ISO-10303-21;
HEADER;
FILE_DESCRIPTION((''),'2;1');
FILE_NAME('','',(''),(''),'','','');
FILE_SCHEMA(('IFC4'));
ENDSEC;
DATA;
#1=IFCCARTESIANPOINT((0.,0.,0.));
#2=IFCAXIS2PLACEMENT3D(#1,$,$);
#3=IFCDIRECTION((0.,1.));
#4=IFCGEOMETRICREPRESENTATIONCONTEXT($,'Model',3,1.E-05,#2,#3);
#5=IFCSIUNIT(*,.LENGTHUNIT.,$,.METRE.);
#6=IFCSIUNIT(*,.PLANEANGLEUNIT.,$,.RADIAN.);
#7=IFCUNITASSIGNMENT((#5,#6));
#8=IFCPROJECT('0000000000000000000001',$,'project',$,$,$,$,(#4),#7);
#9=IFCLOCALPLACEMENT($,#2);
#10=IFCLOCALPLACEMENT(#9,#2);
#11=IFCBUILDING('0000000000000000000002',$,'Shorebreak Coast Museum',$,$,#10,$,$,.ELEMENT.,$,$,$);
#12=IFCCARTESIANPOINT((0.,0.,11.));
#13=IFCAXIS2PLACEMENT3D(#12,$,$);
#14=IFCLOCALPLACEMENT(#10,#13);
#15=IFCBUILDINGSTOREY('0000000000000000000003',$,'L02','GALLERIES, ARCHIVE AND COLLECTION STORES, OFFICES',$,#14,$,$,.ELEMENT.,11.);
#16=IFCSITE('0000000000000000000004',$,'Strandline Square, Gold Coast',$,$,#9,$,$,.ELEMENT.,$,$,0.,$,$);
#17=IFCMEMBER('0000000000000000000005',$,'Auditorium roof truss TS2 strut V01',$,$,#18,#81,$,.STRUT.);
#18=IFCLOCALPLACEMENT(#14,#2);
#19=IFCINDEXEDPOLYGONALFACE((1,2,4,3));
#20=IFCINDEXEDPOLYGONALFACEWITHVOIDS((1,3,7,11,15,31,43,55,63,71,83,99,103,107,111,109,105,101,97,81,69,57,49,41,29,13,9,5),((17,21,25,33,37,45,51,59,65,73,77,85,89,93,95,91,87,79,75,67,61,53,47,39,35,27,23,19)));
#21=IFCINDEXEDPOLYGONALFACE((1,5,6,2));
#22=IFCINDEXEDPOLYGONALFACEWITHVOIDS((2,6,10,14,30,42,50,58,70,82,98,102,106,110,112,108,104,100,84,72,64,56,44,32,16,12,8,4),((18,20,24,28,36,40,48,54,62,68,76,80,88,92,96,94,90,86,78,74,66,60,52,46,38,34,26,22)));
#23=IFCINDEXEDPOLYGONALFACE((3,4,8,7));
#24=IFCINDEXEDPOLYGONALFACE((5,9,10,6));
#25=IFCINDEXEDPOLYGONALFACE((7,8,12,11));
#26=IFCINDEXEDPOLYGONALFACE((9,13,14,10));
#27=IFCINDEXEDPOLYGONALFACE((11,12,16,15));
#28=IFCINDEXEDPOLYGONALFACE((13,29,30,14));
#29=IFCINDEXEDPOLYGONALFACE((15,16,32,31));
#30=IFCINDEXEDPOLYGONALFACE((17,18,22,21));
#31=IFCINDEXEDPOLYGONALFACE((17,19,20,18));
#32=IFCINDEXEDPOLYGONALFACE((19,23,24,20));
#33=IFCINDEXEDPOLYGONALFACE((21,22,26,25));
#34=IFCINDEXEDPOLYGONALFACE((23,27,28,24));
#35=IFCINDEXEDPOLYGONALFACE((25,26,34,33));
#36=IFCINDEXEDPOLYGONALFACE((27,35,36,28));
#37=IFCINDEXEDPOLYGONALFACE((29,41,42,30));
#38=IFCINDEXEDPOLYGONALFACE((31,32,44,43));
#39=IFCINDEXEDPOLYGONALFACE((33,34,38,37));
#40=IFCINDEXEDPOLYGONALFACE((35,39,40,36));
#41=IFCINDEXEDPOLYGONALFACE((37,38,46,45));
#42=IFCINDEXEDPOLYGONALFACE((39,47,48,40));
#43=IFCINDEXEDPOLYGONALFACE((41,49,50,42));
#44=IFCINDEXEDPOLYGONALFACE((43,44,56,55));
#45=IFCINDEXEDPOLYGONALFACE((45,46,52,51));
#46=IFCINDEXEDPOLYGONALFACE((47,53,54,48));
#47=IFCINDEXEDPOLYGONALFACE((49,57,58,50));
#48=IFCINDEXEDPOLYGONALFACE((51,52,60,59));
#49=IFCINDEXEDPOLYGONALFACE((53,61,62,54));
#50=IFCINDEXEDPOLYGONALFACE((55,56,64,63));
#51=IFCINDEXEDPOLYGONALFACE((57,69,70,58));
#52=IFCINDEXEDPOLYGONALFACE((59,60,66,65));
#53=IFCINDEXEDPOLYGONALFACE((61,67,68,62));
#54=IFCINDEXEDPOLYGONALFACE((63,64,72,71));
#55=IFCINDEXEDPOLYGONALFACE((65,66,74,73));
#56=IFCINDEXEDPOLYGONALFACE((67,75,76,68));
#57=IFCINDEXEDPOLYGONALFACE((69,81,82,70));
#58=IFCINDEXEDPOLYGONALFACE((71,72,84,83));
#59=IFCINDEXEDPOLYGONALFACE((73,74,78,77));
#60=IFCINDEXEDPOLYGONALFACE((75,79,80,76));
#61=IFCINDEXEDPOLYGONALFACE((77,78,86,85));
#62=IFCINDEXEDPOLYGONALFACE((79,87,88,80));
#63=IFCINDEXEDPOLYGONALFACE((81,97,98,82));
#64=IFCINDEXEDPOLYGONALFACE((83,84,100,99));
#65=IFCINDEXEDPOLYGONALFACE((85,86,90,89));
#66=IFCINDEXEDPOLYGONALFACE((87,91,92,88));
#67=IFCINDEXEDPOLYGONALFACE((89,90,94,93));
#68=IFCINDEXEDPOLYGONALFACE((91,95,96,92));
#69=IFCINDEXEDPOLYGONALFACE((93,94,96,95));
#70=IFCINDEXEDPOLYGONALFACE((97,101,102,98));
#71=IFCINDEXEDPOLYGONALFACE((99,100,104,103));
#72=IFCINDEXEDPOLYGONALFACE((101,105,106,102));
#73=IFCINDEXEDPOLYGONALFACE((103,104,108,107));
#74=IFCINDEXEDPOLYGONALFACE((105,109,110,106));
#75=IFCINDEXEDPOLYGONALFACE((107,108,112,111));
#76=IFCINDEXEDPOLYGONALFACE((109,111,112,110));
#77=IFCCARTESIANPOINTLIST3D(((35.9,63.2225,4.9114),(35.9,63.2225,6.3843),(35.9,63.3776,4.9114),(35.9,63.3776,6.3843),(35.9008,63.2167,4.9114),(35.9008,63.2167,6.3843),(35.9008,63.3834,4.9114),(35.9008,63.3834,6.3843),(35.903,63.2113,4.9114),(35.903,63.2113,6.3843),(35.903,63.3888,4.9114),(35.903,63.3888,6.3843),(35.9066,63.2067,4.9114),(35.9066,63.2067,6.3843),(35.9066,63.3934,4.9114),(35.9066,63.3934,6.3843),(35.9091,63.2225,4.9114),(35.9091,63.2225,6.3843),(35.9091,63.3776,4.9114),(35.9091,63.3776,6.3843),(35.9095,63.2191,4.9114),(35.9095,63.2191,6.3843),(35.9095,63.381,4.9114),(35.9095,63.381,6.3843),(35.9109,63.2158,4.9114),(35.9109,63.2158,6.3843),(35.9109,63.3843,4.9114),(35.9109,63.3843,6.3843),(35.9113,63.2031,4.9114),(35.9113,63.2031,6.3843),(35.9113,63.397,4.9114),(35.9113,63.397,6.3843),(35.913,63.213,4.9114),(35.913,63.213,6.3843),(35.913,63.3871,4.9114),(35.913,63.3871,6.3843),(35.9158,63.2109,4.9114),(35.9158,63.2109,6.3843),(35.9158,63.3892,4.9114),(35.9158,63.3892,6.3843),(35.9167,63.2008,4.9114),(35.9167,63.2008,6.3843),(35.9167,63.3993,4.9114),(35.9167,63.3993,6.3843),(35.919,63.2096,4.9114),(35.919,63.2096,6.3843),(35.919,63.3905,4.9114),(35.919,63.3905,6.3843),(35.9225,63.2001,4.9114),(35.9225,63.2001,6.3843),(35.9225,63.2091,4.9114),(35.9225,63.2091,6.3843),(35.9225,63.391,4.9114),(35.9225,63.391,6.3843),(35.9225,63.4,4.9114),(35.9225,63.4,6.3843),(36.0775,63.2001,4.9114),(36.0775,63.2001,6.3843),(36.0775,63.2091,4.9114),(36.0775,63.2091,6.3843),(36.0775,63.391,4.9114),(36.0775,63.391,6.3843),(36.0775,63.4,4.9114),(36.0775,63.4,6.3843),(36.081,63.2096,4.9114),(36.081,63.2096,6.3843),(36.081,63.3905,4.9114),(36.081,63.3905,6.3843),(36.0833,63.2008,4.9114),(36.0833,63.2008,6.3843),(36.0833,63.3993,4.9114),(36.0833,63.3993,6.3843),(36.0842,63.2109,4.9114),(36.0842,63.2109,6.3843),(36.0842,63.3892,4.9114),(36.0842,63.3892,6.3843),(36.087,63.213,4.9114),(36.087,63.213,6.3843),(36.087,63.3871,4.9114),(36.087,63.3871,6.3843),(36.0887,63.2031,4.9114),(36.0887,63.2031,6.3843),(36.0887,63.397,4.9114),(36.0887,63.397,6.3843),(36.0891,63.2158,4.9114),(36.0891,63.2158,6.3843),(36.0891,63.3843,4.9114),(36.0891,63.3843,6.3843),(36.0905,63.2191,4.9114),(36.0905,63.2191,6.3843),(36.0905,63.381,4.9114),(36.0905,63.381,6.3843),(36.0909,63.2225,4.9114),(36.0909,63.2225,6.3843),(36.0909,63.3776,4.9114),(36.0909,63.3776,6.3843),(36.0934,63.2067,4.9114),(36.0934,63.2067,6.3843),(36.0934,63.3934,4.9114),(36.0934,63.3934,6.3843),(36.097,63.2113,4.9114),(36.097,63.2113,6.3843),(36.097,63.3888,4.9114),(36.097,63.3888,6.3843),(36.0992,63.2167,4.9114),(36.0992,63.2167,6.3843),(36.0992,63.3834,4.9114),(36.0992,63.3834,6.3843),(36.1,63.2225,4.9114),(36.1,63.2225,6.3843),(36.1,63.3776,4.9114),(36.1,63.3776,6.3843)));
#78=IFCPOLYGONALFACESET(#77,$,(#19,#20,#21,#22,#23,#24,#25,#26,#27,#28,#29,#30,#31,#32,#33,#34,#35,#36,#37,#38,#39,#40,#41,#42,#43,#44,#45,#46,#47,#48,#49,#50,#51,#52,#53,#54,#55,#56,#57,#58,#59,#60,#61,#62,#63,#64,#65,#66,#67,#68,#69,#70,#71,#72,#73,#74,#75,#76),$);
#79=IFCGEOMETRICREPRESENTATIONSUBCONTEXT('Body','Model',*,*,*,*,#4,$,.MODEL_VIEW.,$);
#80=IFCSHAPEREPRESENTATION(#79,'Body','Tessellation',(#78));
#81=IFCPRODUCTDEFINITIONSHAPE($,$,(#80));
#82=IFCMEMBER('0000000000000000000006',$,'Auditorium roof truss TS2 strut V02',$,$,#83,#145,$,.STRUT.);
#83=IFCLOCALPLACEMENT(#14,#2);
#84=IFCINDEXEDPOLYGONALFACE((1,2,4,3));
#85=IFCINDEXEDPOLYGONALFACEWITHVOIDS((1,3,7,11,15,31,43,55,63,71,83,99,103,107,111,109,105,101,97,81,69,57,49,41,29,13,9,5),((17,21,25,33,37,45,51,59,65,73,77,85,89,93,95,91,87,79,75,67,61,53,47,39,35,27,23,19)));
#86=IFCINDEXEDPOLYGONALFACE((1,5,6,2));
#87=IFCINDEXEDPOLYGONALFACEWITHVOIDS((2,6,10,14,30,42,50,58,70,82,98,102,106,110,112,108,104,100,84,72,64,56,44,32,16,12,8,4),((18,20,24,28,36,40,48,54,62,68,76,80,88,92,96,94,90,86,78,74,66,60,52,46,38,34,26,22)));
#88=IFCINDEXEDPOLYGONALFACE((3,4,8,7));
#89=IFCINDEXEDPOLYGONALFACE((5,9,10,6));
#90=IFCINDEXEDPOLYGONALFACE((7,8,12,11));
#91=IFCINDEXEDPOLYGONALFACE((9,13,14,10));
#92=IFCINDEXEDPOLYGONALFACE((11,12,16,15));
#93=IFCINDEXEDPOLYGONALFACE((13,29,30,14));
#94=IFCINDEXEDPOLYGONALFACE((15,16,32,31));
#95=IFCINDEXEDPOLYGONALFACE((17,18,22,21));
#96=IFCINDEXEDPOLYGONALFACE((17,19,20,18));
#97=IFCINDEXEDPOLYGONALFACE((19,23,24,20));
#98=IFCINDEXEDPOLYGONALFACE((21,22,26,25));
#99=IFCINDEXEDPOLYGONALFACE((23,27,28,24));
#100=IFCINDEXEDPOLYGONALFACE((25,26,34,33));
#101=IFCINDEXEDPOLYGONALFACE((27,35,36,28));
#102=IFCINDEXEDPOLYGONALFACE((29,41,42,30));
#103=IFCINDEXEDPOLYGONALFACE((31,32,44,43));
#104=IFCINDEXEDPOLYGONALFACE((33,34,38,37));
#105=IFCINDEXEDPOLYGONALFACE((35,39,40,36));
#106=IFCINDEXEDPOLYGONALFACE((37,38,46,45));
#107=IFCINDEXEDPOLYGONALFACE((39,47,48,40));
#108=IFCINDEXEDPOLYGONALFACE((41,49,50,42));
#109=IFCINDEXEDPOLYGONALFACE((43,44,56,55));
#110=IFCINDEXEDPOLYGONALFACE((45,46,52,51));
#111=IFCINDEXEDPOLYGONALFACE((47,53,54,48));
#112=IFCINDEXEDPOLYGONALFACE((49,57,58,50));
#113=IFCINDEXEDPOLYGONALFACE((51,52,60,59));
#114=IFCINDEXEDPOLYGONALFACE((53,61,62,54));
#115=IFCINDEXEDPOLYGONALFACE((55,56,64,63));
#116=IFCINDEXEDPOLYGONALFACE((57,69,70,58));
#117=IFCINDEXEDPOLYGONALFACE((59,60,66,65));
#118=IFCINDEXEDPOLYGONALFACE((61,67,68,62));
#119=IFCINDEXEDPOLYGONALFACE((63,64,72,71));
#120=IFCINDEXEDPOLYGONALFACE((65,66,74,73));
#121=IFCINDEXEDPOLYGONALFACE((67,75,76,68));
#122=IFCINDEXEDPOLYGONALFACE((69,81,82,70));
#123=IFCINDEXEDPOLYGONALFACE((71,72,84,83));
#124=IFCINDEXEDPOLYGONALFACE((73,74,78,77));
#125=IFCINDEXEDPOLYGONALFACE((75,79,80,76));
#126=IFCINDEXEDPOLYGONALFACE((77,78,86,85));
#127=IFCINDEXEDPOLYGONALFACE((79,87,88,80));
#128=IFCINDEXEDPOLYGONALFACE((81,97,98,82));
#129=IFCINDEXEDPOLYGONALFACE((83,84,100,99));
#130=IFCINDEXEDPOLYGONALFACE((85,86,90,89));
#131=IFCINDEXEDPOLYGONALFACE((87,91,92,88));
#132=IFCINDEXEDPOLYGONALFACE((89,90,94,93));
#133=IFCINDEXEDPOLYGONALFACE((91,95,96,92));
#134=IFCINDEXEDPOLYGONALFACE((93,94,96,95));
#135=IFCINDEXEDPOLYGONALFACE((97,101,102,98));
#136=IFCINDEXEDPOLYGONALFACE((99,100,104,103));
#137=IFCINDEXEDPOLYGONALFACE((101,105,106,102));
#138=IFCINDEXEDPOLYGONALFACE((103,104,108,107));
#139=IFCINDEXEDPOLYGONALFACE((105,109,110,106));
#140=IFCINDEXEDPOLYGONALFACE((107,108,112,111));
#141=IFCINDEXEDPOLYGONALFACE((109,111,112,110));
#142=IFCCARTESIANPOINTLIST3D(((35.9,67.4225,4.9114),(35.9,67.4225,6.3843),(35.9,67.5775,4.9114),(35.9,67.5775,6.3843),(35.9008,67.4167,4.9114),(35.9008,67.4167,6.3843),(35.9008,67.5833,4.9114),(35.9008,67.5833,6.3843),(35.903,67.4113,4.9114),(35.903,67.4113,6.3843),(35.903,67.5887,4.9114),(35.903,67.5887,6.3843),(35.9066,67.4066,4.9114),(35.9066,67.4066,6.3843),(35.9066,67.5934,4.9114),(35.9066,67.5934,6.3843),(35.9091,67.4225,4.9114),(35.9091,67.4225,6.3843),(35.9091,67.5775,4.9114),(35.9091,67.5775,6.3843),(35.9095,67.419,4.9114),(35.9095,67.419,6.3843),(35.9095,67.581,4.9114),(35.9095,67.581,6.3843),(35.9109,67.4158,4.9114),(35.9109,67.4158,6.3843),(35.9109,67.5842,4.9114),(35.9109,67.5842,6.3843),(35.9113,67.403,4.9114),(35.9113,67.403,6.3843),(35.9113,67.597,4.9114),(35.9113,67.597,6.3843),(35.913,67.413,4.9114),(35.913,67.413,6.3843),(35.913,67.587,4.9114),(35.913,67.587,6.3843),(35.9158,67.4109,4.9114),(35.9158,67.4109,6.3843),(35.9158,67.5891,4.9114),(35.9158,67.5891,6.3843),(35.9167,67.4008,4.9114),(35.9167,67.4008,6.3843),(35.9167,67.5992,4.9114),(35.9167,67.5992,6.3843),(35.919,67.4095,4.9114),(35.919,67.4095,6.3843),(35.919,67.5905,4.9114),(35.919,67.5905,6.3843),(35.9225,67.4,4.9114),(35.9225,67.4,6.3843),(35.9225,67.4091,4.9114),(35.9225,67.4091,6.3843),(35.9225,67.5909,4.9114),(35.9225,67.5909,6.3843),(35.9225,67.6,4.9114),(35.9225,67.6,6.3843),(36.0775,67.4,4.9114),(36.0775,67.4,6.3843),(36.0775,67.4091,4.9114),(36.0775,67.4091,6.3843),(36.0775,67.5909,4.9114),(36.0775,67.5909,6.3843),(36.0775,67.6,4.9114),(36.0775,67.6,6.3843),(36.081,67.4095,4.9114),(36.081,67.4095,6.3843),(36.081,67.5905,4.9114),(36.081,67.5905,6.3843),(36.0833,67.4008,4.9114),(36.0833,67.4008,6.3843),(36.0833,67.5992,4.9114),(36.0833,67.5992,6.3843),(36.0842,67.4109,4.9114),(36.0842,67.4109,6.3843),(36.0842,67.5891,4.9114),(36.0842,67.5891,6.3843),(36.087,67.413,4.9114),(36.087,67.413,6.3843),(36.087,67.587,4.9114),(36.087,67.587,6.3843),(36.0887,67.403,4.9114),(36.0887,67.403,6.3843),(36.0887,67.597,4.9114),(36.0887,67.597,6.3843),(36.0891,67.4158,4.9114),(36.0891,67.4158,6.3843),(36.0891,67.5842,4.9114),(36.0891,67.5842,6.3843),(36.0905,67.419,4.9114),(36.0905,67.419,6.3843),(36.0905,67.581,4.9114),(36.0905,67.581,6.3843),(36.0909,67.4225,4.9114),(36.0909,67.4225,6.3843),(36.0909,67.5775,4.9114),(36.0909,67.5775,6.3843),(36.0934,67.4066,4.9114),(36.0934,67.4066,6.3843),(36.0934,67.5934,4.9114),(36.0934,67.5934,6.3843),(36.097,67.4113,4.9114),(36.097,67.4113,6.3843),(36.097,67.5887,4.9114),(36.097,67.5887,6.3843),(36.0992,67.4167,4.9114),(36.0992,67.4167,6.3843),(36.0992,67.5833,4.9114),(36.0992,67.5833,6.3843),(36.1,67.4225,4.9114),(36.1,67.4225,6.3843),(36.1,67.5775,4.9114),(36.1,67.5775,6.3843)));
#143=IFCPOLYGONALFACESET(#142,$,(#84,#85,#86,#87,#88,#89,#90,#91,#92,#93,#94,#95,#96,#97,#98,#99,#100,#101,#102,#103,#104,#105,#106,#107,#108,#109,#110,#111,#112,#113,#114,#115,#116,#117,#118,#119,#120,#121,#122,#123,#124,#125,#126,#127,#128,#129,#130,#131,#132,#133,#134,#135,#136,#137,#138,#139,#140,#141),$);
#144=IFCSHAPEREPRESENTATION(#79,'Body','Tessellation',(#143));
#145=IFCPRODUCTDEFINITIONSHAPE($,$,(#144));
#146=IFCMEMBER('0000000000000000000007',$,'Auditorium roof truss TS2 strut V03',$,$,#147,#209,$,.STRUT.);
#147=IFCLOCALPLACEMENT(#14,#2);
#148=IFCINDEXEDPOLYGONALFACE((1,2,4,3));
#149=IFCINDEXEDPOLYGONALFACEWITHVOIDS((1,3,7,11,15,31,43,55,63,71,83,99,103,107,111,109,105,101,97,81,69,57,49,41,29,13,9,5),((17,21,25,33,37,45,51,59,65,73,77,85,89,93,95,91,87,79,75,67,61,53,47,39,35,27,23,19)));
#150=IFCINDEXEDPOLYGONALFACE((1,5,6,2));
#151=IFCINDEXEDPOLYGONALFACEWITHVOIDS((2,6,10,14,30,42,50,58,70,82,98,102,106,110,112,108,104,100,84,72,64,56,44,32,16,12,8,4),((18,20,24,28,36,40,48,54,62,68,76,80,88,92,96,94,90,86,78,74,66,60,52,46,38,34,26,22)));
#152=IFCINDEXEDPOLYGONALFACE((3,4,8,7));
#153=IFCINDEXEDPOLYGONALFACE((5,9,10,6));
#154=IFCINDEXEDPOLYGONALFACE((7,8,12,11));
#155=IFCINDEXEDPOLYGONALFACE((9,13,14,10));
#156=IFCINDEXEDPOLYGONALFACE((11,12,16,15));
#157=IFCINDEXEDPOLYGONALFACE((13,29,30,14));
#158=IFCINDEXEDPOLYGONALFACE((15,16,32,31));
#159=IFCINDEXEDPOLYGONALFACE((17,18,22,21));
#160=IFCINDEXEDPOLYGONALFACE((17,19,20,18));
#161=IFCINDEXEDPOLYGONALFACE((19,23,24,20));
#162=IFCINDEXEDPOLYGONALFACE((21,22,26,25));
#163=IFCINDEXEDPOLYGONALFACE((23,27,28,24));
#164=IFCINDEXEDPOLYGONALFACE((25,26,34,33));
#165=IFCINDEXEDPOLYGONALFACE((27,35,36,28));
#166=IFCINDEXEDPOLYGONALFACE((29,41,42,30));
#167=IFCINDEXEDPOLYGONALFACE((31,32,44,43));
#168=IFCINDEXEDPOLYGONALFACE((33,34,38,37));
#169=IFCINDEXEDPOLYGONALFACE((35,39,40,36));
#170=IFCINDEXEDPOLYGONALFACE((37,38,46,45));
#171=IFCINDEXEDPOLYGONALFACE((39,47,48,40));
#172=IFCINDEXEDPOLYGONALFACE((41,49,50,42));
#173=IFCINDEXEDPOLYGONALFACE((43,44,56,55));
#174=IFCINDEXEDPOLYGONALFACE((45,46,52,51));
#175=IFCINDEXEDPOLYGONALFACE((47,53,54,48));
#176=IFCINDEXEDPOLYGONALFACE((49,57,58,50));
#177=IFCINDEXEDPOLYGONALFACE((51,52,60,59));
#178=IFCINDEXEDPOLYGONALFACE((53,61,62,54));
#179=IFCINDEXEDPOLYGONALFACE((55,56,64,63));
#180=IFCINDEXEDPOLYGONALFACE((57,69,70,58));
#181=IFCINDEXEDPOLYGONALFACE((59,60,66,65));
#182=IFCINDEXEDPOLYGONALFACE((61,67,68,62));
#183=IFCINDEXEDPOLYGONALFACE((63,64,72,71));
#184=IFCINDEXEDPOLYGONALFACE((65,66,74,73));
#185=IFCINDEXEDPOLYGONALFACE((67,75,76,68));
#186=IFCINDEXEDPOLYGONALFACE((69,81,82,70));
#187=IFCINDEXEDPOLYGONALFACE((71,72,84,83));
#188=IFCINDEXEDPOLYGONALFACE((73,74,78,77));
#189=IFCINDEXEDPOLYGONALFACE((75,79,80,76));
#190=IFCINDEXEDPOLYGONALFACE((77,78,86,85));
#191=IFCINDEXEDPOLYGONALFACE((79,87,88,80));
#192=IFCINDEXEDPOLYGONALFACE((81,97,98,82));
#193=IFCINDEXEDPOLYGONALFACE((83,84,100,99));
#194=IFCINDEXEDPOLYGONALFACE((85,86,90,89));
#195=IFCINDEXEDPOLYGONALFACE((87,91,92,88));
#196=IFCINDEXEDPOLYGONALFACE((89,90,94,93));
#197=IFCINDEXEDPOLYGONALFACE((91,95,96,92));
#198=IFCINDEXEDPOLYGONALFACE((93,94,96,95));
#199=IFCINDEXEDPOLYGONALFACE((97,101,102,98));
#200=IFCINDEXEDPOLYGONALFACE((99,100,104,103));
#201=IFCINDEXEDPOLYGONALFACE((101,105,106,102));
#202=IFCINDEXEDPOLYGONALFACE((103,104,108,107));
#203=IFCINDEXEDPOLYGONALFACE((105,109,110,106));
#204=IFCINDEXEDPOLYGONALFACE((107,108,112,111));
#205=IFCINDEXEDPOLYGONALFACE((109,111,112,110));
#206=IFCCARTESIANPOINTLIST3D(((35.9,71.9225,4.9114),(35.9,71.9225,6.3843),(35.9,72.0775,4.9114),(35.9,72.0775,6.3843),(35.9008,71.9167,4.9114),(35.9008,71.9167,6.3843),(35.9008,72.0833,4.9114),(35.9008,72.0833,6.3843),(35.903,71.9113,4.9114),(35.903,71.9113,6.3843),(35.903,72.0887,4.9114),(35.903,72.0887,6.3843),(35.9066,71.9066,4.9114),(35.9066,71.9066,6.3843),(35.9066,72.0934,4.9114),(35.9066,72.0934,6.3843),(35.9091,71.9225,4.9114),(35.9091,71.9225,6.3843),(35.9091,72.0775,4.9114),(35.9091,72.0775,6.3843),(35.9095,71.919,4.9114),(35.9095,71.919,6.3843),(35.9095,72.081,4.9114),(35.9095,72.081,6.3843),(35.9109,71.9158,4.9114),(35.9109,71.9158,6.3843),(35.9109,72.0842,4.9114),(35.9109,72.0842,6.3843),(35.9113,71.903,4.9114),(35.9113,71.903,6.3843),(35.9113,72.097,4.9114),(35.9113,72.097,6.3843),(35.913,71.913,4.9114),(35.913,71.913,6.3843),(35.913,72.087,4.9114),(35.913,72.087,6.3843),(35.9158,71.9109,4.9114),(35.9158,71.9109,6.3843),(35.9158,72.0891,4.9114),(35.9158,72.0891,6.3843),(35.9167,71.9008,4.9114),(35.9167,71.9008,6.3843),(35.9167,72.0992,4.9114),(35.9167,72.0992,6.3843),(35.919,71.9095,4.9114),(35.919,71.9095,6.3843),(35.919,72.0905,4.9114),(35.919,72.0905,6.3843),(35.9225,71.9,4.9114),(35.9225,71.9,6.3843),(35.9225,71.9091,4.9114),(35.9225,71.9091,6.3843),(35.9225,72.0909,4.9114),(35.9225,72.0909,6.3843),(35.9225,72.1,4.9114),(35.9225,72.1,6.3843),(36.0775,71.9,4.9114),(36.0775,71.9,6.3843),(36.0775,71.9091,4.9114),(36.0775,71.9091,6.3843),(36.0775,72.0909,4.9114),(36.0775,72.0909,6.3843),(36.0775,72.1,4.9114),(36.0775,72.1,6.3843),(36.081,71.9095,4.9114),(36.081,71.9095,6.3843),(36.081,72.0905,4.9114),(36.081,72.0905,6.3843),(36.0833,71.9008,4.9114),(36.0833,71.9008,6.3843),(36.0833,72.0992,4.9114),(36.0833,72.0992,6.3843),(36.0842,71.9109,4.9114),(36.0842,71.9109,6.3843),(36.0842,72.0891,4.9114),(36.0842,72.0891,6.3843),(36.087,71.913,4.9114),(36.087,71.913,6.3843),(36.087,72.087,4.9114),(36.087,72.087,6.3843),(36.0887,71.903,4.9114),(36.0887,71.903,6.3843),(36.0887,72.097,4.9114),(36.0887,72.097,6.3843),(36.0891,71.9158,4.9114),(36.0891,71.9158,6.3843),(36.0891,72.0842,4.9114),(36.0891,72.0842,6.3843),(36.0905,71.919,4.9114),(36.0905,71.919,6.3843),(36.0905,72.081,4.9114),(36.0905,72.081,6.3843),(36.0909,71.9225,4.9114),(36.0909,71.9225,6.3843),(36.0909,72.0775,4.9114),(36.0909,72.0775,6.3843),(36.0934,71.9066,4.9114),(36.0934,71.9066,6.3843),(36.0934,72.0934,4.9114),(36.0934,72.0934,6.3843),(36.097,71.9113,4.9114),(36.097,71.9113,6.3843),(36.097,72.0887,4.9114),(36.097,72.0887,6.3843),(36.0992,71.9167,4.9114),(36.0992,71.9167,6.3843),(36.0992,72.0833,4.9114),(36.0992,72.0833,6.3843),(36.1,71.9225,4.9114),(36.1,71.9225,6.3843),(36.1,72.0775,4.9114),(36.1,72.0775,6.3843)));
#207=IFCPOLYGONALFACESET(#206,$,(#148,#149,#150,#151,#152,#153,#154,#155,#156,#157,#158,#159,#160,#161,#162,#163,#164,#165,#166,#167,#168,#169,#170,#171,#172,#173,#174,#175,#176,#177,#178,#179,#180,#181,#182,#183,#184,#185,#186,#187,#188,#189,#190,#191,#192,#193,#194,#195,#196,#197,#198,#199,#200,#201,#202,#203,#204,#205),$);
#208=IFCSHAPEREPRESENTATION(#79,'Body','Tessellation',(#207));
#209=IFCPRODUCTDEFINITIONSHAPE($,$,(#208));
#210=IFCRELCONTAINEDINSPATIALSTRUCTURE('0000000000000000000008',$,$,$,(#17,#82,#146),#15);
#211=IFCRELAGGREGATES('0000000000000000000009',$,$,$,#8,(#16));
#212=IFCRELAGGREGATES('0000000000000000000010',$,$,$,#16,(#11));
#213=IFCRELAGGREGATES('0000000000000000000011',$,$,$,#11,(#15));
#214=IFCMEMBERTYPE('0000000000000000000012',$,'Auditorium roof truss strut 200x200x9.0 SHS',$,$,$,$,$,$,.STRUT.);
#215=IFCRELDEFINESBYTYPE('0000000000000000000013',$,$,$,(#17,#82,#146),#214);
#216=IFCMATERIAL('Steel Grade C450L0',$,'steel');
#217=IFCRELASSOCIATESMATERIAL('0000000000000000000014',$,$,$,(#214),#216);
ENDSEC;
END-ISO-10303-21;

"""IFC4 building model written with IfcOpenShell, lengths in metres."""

from ifc_helpers import new_model, si_unit, direction, frame, origin, origin_2d, place, context, subcontext, project, spatial, hollow_rectangle, extrude, material, material_profile, profile_set, type_object, element, save


model = new_model("IFC4")

# Units and contexts
model_context = context("Model", 3, precision=1e-05, world=origin(), true_north=direction((0.0, 1.0)))
body_context = subcontext(model_context, "Body", "Model", "MODEL_VIEW")
ifc_project = project(units=[si_unit("LENGTHUNIT", "METRE"), si_unit("PLANEANGLEUNIT", "RADIAN")], contexts=[model_context])

# Site, building, storey
site_placement = place(None, origin())
site = spatial("IfcSite", under=ifc_project, at=site_placement, Name="Strandline Square, Gold Coast", CompositionType="ELEMENT", RefElevation=0.0)
building_placement = place(site_placement, origin())
building = spatial("IfcBuilding", under=site, at=building_placement, Name="Shorebreak Coast Museum", CompositionType="ELEMENT")
storey_placement = place(building_placement, frame((0.0, 0.0, 11.0)))
storey = spatial("IfcBuildingStorey", under=building, at=storey_placement, Name="L02", Description="GALLERIES, ARCHIVE AND COLLECTION STORES, OFFICES", CompositionType="ELEMENT", Elevation=11.0)

# Members
ifc_material_1 = material(Name="Steel Grade C450L0", Category="steel")
ifc_material_profile_1 = material_profile(ifc_material_1, hollow_rectangle(XDim=0.2, YDim=0.2, WallThickness=0.009, InnerFilletRadius=0.0134, OuterFilletRadius=0.0225, at=origin_2d()), Name="200x200x9.0 SHS")
ifc_profile_set_1 = profile_set([ifc_material_profile_1], Name="Steel Grade C450L0")
member_type_1 = type_object("IfcMemberType", Name="Auditorium roof truss strut 200x200x9.0 SHS", PredefinedType="STRUT", material=ifc_profile_set_1)
for number, where, z_axis, x_axis, name in (
    (1, (36.0, 63.3, 4.9114), (0.0, 0.0, 1.0), (1.0, 0.0, 0.0), "Auditorium roof truss TS2 strut V01"),
    (2, (36.0, 67.5, 4.9114), (0.0, 0.0, 1.0), (1.0, 0.0, 0.0), "Auditorium roof truss TS2 strut V02"),
    (3, (36.0, 72.0, 4.9114), (0.0, 0.0, 1.0), (1.0, 0.0, 0.0), "Auditorium roof truss TS2 strut V03"),
):
    element("IfcMember", number, at=place(storey_placement, frame(where, z_axis=z_axis, x_axis=x_axis)), inside=storey, type_object=member_type_1, Name=name, PredefinedType="STRUT", context=body_context, shape_type="SweptSolid", body=[
        extrude(hollow_rectangle(XDim=0.2, YDim=0.2, WallThickness=0.009, InnerFilletRadius=0.0134, OuterFilletRadius=0.0225, at=origin_2d()), origin(), (0.0, 0.0, 1.0), 1.4729),
    ])

save(model, "model.ifc")
